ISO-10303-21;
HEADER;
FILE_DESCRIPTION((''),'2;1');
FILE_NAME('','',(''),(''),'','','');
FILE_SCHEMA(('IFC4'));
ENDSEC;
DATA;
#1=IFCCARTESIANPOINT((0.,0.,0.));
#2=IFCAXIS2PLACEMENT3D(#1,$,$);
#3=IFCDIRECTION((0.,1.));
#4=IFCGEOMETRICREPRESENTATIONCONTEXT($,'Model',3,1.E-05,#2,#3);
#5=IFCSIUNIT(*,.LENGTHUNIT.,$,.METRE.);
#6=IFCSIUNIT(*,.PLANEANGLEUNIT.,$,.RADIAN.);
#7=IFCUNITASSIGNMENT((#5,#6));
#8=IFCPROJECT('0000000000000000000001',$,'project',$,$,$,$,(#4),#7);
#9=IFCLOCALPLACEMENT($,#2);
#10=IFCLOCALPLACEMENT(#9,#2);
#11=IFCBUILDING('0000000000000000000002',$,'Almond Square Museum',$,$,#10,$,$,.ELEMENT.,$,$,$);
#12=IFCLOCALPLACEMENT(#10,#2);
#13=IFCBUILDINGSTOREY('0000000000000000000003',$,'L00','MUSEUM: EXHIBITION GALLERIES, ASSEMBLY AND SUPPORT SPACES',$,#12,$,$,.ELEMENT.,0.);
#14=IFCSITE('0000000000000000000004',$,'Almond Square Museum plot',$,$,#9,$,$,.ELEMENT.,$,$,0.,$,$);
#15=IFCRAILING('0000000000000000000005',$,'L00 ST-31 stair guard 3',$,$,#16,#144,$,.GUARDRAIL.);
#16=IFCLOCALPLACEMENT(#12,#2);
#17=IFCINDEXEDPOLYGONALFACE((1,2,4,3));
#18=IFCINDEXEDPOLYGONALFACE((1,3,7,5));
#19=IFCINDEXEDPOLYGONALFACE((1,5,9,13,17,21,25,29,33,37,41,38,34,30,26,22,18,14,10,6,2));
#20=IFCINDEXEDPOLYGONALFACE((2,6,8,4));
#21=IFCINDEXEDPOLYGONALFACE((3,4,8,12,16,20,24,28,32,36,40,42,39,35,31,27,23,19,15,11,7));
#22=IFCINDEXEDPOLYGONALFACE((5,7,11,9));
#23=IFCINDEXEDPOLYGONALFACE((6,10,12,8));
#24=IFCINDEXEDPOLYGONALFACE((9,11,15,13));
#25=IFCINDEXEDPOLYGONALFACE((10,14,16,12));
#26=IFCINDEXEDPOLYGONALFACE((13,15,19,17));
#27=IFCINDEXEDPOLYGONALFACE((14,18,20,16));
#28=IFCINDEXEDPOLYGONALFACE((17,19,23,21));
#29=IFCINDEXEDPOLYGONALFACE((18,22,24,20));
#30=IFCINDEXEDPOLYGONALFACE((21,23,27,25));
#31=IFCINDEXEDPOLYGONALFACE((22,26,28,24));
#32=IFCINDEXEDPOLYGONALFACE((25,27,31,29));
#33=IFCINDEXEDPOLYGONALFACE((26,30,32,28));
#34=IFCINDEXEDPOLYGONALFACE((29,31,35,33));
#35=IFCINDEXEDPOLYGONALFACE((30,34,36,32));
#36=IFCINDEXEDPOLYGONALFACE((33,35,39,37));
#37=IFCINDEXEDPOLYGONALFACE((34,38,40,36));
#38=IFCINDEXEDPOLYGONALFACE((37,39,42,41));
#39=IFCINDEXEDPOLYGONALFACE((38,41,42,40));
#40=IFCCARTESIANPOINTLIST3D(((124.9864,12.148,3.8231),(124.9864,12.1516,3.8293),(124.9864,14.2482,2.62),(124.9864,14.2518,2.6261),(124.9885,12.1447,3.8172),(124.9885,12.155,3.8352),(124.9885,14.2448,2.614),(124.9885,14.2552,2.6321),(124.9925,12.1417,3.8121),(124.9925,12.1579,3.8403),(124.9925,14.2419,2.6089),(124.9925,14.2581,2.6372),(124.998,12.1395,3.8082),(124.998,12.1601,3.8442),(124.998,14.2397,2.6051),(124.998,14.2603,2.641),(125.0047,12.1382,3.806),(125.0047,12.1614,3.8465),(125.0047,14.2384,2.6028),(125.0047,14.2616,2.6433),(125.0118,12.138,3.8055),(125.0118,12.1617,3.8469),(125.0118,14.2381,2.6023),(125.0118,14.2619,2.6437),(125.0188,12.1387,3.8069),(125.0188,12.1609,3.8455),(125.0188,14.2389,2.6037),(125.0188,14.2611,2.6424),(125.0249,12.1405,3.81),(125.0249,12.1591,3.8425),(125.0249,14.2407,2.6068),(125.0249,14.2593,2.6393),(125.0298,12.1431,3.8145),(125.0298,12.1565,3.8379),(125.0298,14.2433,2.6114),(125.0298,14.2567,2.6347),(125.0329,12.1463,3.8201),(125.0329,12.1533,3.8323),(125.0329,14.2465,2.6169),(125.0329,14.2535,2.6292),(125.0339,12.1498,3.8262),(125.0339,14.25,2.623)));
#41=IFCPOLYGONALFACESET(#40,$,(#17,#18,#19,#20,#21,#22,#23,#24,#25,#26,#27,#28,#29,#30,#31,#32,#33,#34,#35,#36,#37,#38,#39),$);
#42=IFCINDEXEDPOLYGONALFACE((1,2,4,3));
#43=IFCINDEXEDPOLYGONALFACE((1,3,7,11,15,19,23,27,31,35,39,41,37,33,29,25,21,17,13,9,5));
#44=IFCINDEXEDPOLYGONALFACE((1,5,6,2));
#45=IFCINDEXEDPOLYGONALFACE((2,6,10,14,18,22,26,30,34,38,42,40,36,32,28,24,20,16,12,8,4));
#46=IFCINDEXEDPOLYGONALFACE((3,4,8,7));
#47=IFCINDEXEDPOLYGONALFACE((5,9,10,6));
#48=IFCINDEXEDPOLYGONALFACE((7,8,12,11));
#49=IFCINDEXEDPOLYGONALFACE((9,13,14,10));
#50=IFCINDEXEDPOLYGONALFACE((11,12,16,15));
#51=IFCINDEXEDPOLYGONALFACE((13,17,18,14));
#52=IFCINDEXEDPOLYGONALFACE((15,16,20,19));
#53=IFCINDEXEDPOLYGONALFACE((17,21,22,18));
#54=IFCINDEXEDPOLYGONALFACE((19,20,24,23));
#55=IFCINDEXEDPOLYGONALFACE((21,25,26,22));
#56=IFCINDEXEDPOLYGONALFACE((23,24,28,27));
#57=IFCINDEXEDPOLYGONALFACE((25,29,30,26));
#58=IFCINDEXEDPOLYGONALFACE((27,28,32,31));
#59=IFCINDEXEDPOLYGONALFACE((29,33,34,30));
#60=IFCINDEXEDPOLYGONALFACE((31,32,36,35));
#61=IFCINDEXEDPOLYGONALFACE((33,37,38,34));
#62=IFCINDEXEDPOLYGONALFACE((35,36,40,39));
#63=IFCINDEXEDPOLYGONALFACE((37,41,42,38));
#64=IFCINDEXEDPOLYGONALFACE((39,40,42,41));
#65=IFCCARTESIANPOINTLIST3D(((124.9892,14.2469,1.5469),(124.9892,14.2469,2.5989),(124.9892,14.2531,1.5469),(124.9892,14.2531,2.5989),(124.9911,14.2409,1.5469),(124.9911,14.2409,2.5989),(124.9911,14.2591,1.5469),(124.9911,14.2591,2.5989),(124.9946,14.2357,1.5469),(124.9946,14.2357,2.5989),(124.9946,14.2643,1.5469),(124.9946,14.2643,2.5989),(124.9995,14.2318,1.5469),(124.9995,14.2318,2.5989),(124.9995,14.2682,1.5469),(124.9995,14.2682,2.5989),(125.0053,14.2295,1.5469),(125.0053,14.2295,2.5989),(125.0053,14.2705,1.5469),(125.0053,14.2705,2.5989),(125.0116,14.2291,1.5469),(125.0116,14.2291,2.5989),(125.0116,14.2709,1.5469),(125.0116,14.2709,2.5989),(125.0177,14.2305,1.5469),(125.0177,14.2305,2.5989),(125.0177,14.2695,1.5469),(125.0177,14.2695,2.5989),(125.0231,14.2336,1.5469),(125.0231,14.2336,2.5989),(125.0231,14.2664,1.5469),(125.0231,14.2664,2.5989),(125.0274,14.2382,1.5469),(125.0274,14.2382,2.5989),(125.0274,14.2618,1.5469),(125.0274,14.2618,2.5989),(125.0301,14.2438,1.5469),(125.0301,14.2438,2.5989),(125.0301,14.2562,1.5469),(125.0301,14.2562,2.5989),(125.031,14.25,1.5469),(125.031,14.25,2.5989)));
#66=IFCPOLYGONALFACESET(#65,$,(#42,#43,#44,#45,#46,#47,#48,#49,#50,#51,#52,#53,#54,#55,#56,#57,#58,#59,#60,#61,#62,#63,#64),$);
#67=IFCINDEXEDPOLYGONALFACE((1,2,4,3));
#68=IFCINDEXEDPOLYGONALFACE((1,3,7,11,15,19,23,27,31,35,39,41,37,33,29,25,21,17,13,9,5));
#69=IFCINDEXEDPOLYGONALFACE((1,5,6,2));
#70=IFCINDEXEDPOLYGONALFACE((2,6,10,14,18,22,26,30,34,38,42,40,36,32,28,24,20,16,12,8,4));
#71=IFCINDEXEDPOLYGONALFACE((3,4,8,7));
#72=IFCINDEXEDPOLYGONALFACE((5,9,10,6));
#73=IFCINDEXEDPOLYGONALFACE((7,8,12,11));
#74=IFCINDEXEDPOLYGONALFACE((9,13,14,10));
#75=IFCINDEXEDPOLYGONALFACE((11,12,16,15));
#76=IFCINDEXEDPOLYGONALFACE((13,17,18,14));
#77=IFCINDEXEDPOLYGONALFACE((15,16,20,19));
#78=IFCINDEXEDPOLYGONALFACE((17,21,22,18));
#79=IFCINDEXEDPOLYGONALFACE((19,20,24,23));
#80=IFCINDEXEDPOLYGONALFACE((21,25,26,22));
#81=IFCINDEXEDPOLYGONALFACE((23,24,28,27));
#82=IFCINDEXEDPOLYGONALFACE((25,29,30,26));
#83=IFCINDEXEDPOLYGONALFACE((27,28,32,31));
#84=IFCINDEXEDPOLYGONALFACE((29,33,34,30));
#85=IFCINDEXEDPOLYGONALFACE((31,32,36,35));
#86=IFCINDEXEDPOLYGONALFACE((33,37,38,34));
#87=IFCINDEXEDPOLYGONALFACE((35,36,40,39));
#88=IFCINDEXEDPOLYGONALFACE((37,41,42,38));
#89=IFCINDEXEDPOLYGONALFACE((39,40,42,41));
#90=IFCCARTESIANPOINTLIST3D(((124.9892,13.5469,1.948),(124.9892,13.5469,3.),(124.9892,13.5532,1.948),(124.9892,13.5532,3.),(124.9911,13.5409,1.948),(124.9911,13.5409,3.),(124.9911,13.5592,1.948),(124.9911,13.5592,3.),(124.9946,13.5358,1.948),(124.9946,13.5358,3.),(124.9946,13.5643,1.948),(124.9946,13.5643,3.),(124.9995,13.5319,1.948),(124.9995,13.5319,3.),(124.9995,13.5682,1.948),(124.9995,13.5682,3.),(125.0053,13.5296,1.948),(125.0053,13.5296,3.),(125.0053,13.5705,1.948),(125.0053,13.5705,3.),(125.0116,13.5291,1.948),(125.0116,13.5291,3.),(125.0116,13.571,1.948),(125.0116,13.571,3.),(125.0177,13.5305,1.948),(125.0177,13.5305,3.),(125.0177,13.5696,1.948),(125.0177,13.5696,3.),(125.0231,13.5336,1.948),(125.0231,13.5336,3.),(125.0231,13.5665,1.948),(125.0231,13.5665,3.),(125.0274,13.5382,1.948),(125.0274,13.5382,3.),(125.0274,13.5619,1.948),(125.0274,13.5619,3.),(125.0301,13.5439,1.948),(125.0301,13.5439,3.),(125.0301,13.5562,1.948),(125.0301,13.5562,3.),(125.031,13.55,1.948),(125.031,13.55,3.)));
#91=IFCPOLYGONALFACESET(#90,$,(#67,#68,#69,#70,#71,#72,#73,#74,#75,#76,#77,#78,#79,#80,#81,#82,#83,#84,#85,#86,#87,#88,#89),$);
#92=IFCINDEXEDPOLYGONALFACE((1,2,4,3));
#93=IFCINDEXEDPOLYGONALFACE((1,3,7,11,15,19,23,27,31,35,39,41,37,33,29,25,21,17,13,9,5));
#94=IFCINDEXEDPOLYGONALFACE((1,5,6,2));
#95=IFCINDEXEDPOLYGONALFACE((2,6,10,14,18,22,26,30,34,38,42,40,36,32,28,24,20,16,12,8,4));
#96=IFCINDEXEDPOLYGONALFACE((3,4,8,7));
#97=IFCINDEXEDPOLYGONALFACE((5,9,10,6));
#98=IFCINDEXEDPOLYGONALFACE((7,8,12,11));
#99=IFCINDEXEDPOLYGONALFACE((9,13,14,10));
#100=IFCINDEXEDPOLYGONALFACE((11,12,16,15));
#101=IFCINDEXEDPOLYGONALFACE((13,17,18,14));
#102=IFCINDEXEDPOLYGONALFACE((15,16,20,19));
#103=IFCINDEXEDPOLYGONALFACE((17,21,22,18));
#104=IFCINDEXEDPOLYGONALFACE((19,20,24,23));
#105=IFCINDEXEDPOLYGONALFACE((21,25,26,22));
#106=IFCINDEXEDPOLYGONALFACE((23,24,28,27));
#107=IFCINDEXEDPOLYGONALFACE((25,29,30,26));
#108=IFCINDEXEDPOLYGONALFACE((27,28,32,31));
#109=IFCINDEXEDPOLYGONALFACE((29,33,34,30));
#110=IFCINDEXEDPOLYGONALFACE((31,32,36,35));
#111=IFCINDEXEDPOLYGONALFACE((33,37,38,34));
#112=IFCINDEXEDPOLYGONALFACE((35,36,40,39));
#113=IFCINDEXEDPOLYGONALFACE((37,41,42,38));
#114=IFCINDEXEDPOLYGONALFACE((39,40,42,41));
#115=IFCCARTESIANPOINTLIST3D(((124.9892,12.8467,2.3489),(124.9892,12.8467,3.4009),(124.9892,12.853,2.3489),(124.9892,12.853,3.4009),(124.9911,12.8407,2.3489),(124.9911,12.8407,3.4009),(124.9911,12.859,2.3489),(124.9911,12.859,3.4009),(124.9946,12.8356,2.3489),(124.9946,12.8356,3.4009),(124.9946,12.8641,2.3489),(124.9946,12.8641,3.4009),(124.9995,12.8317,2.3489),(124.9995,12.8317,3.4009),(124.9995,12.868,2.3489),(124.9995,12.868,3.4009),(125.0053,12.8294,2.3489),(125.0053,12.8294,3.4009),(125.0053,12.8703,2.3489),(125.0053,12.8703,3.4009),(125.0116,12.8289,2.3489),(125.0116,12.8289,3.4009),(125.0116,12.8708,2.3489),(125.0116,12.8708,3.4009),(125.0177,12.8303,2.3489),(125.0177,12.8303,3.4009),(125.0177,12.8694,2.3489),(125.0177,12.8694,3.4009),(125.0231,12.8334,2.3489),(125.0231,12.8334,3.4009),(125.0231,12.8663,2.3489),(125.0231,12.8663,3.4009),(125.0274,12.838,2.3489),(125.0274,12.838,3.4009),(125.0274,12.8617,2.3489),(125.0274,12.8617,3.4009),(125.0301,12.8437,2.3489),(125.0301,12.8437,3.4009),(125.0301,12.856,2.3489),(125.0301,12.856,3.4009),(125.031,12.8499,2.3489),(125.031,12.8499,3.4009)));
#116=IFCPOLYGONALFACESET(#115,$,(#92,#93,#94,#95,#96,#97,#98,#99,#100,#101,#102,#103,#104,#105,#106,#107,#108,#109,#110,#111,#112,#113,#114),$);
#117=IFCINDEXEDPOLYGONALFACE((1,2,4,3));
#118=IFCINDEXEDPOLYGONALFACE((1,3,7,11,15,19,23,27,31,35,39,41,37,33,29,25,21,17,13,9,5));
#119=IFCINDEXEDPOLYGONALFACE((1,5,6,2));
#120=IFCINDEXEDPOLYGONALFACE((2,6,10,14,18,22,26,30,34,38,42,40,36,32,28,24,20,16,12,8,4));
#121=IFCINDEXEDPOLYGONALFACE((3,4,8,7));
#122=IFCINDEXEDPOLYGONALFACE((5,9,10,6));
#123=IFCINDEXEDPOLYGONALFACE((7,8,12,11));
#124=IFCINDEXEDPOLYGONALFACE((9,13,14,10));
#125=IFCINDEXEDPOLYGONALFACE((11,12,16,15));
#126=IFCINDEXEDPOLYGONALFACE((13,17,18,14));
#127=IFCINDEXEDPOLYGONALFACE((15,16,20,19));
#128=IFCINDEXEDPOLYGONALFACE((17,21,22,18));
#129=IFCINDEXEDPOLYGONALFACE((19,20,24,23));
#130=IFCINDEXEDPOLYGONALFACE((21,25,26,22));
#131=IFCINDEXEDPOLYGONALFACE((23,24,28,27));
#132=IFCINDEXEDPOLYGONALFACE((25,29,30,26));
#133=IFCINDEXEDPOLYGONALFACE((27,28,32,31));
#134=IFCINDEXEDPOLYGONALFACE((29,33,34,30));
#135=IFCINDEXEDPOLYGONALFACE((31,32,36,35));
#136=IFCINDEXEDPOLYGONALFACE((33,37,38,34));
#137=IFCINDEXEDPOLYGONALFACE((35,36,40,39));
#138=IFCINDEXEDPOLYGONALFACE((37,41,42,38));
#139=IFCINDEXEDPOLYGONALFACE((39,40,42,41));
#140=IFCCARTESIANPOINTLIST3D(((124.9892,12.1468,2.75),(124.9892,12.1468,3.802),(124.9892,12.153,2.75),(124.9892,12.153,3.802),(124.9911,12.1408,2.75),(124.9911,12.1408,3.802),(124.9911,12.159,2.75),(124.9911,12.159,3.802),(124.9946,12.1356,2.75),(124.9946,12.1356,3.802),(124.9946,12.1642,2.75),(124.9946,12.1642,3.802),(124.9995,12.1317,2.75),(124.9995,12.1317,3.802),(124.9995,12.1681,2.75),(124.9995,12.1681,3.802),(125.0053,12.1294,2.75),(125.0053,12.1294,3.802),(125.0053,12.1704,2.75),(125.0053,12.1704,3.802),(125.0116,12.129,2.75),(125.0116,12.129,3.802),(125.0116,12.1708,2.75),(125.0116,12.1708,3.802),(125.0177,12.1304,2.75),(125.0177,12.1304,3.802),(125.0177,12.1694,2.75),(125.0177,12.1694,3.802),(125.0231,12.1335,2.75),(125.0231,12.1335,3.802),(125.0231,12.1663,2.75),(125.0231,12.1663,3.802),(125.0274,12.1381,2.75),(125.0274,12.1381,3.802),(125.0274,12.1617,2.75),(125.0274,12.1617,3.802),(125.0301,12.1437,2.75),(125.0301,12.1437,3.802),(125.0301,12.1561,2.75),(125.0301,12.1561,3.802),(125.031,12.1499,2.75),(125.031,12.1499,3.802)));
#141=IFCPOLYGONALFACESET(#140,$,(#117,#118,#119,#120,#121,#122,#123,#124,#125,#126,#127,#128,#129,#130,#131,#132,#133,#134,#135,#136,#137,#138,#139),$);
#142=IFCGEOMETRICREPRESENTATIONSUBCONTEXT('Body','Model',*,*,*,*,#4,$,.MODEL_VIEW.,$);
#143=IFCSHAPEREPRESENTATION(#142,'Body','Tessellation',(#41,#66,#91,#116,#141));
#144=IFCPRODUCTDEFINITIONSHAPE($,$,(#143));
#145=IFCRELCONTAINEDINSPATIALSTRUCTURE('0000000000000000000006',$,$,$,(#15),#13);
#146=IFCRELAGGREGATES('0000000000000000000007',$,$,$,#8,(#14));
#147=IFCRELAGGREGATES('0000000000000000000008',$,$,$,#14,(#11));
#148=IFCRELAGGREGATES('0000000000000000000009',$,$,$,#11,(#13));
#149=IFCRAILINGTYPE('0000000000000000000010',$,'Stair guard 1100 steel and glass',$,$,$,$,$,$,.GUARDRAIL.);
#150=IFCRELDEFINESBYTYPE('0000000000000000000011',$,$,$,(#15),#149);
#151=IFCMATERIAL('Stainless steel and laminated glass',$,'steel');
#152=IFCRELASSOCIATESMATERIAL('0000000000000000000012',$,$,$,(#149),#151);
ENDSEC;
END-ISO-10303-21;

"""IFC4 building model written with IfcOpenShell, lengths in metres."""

from ifc_helpers import new_model, si_unit, direction, frame, origin, origin_2d, place, context, subcontext, project, spatial, circle, extrude, material, type_object, element, save


model = new_model("IFC4")

# Units and contexts
model_context = context("Model", 3, precision=1e-05, world=origin(), true_north=direction((0.0, 1.0)))
body_context = subcontext(model_context, "Body", "Model", "MODEL_VIEW")
ifc_project = project(units=[si_unit("LENGTHUNIT", "METRE"), si_unit("PLANEANGLEUNIT", "RADIAN")], contexts=[model_context])

# Site, building, storey
site_placement = place(None, origin())
site = spatial("IfcSite", under=ifc_project, at=site_placement, Name="Almond Square Museum plot", CompositionType="ELEMENT", RefElevation=0.0)
building_placement = place(site_placement, origin())
building = spatial("IfcBuilding", under=site, at=building_placement, Name="Almond Square Museum", CompositionType="ELEMENT")
storey_placement = place(building_placement, origin())
storey = spatial("IfcBuildingStorey", under=building, at=storey_placement, Name="L00", Description="MUSEUM: EXHIBITION GALLERIES, ASSEMBLY AND SUPPORT SPACES", CompositionType="ELEMENT", Elevation=0.0)

# Railing
ifc_material_1 = material(Name="Stainless steel and laminated glass", Category="steel")
railing_type_1 = type_object("IfcRailingType", Name="Stair guard 1100 steel and glass", PredefinedType="GUARDRAIL", material=ifc_material_1)
railing_1_placement = place(storey_placement, frame((125.01, 14.25, 1.5469)))
element("IfcRailing", 1, at=railing_1_placement, inside=storey, type_object=railing_type_1, Name="L00 ST-31 stair guard 3", PredefinedType="GUARDRAIL", context=body_context, shape_type="SweptSolid", body=[
    extrude(circle(Radius=0.0239, at=origin_2d()), frame((0.0, 0.0, 1.0762), z_axis=(0.0, -0.867696, 0.497095), x_axis=(1.0, 0.0, 0.0)), (0.0, 0.0, 1.0), 2.4204),
    extrude(circle(Radius=0.021, at=origin_2d()), origin(), (0.0, 0.0, 1.0), 1.052),
    extrude(circle(Radius=0.021, at=origin_2d()), frame((0.0, -0.7, 0.4011)), (0.0, 0.0, 1.0), 1.052),
    extrude(circle(Radius=0.021, at=origin_2d()), frame((0.0, -1.4001, 0.802)), (0.0, 0.0, 1.0), 1.052),
    extrude(circle(Radius=0.021, at=origin_2d()), frame((0.0, -2.1001, 1.2031)), (0.0, 0.0, 1.0), 1.052),
])

save(model, "model.ifc")
